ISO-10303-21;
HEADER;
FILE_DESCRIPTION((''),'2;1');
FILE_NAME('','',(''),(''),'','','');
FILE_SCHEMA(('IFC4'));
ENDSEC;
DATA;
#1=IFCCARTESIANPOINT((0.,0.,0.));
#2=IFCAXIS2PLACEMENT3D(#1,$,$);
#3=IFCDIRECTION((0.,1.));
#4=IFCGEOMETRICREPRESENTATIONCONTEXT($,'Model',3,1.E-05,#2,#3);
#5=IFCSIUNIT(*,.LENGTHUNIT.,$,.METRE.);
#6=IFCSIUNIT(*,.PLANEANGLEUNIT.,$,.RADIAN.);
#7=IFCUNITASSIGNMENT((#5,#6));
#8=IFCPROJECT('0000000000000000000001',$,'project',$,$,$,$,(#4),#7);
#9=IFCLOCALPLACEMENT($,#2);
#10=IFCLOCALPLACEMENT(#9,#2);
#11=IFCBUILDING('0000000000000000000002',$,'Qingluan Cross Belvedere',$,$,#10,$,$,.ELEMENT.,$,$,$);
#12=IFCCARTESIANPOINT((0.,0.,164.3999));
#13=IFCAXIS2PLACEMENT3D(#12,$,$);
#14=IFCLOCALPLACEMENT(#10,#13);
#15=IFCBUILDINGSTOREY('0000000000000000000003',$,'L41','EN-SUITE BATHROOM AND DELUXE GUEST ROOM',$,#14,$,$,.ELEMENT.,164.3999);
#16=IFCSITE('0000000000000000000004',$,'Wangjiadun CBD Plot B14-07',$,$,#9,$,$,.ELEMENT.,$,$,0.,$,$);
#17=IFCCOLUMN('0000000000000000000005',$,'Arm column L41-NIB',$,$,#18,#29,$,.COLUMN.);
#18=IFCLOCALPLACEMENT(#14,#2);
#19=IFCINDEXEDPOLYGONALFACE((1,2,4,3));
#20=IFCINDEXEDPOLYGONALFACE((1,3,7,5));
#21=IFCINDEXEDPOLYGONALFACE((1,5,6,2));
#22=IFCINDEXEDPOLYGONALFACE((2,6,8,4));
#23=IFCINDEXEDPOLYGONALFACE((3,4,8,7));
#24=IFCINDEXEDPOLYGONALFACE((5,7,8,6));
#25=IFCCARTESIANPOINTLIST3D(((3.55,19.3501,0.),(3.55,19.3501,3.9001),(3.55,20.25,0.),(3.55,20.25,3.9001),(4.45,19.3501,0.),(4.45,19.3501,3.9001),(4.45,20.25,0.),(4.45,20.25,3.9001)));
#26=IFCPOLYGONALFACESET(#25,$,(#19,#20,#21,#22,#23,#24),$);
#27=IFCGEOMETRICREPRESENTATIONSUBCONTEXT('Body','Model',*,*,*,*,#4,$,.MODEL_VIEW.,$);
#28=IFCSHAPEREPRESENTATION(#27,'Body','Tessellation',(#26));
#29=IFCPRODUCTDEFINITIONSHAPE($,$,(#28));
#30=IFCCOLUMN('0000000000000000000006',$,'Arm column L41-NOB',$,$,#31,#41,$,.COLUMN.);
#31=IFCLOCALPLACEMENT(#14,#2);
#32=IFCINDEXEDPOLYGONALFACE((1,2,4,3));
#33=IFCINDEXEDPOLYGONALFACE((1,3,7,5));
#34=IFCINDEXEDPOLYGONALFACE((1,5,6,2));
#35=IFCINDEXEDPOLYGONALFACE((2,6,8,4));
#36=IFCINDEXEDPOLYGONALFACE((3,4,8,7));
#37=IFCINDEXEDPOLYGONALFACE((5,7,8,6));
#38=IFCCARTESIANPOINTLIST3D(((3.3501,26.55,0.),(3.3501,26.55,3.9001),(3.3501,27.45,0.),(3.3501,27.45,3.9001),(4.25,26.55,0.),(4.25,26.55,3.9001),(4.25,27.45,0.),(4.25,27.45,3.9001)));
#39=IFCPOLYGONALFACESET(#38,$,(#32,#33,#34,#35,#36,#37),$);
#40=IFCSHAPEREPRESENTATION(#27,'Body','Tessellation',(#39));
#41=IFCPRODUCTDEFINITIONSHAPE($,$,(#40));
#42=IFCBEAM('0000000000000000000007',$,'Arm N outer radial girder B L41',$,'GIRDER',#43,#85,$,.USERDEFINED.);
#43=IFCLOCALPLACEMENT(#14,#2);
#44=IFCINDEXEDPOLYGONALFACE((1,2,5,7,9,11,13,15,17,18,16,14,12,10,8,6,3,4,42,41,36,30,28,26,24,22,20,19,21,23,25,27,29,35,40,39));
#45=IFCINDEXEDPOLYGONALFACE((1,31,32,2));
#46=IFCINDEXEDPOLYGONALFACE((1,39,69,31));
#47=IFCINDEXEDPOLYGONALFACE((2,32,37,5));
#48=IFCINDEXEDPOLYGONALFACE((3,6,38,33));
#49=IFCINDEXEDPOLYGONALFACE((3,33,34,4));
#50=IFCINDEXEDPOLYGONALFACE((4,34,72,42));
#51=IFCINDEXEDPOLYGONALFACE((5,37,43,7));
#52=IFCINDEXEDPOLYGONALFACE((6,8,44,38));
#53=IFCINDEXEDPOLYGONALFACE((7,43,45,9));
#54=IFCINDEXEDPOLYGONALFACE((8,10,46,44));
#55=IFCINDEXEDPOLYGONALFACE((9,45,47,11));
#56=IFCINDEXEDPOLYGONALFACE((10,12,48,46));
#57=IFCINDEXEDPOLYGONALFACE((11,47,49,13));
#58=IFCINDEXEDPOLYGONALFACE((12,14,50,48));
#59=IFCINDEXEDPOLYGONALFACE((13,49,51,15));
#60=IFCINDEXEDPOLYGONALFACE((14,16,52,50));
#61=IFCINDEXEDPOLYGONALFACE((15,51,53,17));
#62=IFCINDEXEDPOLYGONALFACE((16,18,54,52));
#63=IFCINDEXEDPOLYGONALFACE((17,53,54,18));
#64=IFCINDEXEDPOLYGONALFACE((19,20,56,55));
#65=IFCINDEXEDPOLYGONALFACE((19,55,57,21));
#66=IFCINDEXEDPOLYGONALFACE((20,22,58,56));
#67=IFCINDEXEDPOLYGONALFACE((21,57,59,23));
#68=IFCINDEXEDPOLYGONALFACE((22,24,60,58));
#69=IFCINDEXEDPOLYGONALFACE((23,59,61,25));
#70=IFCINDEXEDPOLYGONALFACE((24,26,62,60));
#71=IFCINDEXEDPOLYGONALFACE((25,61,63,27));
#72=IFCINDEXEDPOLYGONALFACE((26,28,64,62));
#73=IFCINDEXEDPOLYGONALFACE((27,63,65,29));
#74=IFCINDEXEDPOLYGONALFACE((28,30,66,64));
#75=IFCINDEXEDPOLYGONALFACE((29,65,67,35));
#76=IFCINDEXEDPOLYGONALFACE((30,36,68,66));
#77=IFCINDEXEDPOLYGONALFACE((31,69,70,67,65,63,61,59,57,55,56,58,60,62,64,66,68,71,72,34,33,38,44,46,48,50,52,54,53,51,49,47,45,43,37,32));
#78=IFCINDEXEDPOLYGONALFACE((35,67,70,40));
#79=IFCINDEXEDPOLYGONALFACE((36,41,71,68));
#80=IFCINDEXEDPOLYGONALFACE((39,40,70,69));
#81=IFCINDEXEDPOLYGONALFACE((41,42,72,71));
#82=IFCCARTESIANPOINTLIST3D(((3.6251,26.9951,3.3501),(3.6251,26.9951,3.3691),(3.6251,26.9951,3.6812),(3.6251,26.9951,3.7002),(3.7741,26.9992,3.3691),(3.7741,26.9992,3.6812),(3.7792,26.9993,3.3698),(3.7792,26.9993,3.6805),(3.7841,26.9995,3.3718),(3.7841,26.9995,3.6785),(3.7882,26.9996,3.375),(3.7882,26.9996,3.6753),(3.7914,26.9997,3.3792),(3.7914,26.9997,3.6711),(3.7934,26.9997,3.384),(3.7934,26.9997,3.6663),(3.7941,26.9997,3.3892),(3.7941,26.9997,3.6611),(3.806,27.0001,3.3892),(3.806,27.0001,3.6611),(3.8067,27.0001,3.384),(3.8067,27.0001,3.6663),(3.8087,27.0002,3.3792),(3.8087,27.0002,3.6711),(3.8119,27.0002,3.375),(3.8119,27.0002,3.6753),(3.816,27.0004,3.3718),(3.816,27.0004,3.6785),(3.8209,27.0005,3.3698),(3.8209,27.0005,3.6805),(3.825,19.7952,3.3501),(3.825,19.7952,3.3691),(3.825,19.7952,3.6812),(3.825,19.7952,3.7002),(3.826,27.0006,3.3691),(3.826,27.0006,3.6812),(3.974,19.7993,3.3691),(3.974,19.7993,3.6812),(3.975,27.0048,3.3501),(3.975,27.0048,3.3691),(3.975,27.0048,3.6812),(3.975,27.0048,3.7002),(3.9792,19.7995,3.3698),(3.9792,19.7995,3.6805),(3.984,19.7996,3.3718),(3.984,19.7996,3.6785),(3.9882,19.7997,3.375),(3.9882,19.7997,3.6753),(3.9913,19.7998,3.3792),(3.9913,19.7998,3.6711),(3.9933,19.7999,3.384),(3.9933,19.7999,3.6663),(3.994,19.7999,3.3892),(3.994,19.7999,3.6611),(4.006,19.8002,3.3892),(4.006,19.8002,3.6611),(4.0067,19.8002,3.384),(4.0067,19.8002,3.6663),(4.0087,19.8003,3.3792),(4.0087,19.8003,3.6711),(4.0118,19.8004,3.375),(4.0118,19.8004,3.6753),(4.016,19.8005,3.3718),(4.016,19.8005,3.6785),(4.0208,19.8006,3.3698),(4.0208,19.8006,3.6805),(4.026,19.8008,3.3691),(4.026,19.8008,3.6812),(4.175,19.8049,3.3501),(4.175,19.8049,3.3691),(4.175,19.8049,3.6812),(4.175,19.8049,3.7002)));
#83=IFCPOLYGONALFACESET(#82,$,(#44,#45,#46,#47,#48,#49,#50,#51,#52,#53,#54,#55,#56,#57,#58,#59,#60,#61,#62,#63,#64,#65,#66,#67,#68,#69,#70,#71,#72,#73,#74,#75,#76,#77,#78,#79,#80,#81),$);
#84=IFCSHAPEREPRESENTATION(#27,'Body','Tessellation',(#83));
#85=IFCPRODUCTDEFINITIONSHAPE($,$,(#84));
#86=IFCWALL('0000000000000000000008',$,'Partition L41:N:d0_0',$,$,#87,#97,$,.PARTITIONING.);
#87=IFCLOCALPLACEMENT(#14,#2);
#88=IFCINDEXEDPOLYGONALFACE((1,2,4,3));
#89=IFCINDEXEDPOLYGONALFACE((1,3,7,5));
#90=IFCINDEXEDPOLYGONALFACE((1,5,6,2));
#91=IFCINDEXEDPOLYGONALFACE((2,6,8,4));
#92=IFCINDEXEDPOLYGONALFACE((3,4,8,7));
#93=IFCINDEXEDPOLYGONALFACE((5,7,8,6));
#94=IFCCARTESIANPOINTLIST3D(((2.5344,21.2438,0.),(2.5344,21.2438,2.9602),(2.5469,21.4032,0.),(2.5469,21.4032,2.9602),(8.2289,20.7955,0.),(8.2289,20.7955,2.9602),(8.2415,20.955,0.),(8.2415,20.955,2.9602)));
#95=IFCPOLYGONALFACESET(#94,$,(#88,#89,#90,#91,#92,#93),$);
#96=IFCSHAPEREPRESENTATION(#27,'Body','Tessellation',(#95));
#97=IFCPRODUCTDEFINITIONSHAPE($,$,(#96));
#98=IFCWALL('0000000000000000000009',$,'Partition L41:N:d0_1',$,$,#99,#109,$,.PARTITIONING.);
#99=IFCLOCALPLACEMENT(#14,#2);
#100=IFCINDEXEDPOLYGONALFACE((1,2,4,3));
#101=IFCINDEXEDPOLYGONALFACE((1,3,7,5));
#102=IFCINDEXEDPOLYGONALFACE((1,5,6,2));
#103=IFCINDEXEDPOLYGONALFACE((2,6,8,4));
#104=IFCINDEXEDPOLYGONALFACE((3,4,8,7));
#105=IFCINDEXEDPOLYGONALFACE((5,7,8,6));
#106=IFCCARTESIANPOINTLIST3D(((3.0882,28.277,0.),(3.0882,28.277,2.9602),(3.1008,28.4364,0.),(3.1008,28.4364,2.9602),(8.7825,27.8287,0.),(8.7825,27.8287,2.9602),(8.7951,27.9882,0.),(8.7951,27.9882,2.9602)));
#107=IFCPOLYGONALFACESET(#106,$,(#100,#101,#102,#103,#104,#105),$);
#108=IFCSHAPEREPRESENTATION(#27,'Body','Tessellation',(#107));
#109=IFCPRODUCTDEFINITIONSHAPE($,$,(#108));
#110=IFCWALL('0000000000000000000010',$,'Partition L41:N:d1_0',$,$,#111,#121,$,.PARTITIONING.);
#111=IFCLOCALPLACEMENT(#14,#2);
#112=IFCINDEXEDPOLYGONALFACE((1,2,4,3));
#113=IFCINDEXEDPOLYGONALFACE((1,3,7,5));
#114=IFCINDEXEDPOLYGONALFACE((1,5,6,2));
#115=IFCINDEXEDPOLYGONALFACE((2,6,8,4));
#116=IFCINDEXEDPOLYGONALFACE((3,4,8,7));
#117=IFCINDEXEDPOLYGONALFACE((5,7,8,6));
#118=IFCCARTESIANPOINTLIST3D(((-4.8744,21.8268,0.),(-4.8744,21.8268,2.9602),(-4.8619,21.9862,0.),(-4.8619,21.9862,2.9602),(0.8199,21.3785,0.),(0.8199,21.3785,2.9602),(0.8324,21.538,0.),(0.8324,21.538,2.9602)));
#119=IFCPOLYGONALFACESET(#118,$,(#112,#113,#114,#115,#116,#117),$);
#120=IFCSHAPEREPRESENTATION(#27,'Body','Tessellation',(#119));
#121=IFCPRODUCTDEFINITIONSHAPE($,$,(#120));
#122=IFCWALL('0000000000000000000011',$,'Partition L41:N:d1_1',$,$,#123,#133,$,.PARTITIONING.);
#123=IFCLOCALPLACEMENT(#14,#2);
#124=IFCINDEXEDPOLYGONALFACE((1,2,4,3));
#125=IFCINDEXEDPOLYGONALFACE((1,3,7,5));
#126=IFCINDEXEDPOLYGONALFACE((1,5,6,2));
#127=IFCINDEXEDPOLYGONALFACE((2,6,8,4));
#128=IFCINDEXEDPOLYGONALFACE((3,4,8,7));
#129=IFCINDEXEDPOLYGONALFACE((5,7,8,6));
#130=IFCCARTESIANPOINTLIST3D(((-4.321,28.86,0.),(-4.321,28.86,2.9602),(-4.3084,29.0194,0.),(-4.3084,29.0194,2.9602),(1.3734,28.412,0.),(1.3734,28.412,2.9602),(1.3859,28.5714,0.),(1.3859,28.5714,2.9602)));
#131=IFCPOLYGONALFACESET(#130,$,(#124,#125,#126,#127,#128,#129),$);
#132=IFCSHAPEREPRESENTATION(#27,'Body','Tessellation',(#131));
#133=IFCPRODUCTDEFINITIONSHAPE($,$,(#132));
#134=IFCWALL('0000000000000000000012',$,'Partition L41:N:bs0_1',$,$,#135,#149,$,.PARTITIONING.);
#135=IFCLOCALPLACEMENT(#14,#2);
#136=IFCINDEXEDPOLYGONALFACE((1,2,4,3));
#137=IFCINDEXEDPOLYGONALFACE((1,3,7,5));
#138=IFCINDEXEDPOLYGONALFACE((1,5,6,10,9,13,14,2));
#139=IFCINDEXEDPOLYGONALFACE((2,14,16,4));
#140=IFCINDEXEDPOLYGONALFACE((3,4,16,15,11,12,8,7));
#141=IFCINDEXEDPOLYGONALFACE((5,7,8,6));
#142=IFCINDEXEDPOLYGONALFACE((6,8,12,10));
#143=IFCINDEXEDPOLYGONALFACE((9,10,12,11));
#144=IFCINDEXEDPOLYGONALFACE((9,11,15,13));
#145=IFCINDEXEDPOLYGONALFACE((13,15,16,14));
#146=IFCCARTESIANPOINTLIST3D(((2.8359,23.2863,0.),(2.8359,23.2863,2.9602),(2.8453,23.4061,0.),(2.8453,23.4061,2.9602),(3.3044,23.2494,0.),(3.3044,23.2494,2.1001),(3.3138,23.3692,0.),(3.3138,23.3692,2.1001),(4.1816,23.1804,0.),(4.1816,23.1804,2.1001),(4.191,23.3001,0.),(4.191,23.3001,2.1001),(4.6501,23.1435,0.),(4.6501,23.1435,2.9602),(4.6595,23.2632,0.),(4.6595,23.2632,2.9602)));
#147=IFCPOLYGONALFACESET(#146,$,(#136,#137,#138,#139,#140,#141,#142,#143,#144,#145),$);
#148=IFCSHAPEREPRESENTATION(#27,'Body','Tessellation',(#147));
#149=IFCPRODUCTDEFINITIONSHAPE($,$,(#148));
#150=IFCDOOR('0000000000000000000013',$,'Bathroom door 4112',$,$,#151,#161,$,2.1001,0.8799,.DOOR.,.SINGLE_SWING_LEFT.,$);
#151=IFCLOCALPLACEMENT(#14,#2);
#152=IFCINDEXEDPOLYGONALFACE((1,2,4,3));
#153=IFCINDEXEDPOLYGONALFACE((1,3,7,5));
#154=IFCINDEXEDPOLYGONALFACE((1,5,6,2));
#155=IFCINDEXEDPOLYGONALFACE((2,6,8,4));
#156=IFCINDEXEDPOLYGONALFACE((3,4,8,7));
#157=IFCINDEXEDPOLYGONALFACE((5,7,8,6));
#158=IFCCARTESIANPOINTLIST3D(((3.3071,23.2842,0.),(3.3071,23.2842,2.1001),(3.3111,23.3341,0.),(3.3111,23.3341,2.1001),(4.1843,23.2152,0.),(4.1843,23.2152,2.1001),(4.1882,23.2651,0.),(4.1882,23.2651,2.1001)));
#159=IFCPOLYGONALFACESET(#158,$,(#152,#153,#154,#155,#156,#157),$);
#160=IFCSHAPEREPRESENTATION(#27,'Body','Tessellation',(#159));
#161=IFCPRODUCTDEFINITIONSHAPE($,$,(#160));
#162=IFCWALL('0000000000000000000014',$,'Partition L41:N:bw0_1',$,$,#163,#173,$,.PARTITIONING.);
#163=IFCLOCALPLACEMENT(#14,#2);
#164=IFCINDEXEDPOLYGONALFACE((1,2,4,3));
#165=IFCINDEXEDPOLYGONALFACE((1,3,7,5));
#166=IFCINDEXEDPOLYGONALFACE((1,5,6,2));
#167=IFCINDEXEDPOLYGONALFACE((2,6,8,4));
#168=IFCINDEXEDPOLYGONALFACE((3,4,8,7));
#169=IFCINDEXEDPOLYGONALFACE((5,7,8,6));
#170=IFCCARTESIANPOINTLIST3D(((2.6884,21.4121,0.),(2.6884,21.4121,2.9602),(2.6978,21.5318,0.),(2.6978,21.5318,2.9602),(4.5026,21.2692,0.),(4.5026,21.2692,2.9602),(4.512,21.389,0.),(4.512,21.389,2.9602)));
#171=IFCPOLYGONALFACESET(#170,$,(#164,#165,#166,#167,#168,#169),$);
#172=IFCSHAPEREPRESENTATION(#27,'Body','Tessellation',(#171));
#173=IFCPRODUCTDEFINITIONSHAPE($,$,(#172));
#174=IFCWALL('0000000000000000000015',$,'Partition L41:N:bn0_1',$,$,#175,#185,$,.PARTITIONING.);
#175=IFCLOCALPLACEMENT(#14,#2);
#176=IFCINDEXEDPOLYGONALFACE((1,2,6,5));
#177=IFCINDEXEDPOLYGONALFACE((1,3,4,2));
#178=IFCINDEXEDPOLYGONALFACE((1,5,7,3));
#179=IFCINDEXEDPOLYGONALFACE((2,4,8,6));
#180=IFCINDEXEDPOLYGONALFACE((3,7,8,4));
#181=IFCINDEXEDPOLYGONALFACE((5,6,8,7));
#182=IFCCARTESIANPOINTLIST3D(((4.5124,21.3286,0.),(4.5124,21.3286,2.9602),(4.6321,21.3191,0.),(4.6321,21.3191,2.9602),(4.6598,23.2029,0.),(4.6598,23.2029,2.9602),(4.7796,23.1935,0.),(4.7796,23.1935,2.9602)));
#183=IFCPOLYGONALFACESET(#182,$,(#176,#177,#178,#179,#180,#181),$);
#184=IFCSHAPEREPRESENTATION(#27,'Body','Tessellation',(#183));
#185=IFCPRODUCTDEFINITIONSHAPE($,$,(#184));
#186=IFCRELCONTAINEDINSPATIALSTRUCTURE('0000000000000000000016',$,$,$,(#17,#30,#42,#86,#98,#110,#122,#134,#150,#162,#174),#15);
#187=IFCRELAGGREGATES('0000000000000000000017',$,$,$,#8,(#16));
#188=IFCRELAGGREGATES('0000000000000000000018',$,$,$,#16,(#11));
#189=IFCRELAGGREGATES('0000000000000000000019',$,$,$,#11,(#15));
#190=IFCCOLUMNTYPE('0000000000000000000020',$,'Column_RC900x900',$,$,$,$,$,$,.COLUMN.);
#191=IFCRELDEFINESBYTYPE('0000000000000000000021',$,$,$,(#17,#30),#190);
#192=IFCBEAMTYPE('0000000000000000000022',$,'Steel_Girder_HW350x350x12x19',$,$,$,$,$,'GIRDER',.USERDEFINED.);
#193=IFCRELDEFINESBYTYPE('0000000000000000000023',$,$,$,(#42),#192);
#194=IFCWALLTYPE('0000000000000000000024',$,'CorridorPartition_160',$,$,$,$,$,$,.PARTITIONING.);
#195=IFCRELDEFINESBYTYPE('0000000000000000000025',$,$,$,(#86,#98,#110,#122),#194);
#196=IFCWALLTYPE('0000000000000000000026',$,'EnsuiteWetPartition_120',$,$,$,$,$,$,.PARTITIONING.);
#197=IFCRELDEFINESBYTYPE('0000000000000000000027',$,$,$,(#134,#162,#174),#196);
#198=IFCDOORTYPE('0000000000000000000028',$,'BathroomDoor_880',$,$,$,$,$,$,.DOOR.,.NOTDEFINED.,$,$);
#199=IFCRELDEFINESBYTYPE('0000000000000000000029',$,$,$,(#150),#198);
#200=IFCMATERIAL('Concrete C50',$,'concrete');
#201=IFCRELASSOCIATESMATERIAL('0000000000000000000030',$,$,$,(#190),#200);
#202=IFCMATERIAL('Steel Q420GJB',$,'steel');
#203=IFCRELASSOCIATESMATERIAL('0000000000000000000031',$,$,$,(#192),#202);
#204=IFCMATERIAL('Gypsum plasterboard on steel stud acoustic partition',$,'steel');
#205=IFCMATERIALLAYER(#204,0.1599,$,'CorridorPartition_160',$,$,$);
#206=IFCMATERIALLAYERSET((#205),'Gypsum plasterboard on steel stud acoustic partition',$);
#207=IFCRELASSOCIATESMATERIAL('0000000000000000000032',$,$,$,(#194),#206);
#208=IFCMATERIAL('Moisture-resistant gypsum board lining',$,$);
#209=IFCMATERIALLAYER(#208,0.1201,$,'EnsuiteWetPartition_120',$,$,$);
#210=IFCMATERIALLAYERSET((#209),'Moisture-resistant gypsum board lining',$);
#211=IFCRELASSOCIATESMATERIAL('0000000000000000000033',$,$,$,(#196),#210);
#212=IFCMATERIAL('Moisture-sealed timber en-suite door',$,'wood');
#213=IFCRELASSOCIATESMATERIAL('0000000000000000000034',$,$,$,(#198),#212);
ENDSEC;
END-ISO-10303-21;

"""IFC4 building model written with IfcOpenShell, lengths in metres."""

from ifc_helpers import new_model, si_unit, direction, frame, frame_2d, origin, origin_2d, place, context, subcontext, project, spatial, rectangle, i_section, extrude, material, layer, layer_set, material_profile, profile_set, type_object, element, fill, save


model = new_model("IFC4")

# Units and contexts
model_context = context("Model", 3, precision=1e-05, world=origin(), true_north=direction((0.0, 1.0)))
body_context = subcontext(model_context, "Body", "Model", "MODEL_VIEW")
ifc_project = project(units=[si_unit("LENGTHUNIT", "METRE"), si_unit("PLANEANGLEUNIT", "RADIAN")], contexts=[model_context])

# Site, building, storey
site_placement = place(None, origin())
site = spatial("IfcSite", under=ifc_project, at=site_placement, Name="Wangjiadun CBD Plot B14-07", CompositionType="ELEMENT", RefElevation=0.0)
building_placement = place(site_placement, origin())
building = spatial("IfcBuilding", under=site, at=building_placement, Name="Qingluan Cross Belvedere", CompositionType="ELEMENT")
storey_placement = place(building_placement, frame((0.0, 0.0, 164.3999)))
storey = spatial("IfcBuildingStorey", under=building, at=storey_placement, Name="L41", Description="EN-SUITE BATHROOM AND DELUXE GUEST ROOM", CompositionType="ELEMENT", Elevation=164.3999)

# Columns
ifc_material_1 = material(Name="Concrete C50", Category="concrete")
ifc_material_profile_1 = material_profile(ifc_material_1, rectangle(XDim=0.8999, YDim=0.8999, at=origin_2d()), Name="RC900x900")
ifc_profile_set_1 = profile_set([ifc_material_profile_1], Name="Concrete C50")
column_type = type_object("IfcColumnType", Name="Column_RC900x900", PredefinedType="COLUMN", material=ifc_profile_set_1)
for number, where, z_axis, x_axis, name in (
    (1, (4.0, 19.8, 0.0), (0.0, 0.0, 1.0), (1.0, 0.0, 0.0), "Arm column L41-NIB"),
    (2, (3.8, 27.0, 0.0), (0.0, 0.0, 1.0), (1.0, 0.0, 0.0), "Arm column L41-NOB"),
):
    element("IfcColumn", number, at=place(storey_placement, frame(where, z_axis=z_axis, x_axis=x_axis)), inside=storey, type_object=column_type, Name=name, PredefinedType="COLUMN", context=body_context, shape_type="SweptSolid", body=[
        extrude(rectangle(XDim=0.8999, YDim=0.8999, at=origin_2d()), origin(), (0.0, 0.0, 1.0), 3.9001),
    ])

# Beam
ifc_material_2 = material(Name="Steel Q420GJB", Category="steel")
ifc_material_profile_2 = material_profile(ifc_material_2, i_section(OverallWidth=0.3501, OverallDepth=0.3501, WebThickness=0.012, FlangeThickness=0.019, FilletRadius=0.02, at=origin_2d()), Name="HW350x350x12x19")
ifc_profile_set_2 = profile_set([ifc_material_profile_2], Name="Steel Q420GJB")
beam_type = type_object("IfcBeamType", Name="Steel_Girder_HW350x350x12x19", ElementType="GIRDER", PredefinedType="USERDEFINED", material=ifc_profile_set_2)
beam_placement = place(storey_placement, frame((4.0, 19.8, 3.5251), z_axis=(-0.02776, 0.999615, 0.0), x_axis=(-0.999615, -0.02776, 0.0)))
element("IfcBeam", 3, at=beam_placement, inside=storey, type_object=beam_type, Name="Arm N outer radial girder B L41", ObjectType="GIRDER", PredefinedType="USERDEFINED", context=body_context, shape_type="SweptSolid", body=[
    extrude(i_section(OverallWidth=0.3501, OverallDepth=0.3501, WebThickness=0.012, FlangeThickness=0.019, FilletRadius=0.02, at=origin_2d()), origin(), (0.0, 0.0, 1.0), 7.2026),
])

# Walls
ifc_material_3 = material(Name="Gypsum plasterboard on steel stud acoustic partition", Category="steel")
ifc_layer_1 = layer(ifc_material_3, 0.1599, Name="CorridorPartition_160")
ifc_layer_set_1 = layer_set([ifc_layer_1], Name="Gypsum plasterboard on steel stud acoustic partition")
wall_type_1 = type_object("IfcWallType", Name="CorridorPartition_160", PredefinedType="PARTITIONING", material=ifc_layer_set_1)
wall_1_placement = place(storey_placement, frame((2.5408, 21.3235, 0.0), z_axis=(0.0, 0.0, 1.0), x_axis=(0.996916, -0.078471, 0.0)))
element("IfcWall", 4, at=wall_1_placement, inside=storey, type_object=wall_type_1, Name="Partition L41:N:d0_0", PredefinedType="PARTITIONING", context=body_context, shape_type="SweptSolid", body=[
    extrude(rectangle(XDim=5.7122, YDim=0.1599, at=frame_2d((2.856, 0.0))), origin(), (0.0, 0.0, 1.0), 2.9602),
])
for number, where, z_axis, x_axis, name in (
    (5, (3.0945, 28.3567, 0.0), (0.0, 0.0, 1.0), (0.996916, -0.078474, 0.0), "Partition L41:N:d0_1"),
    (6, (0.8262, 21.4583, 0.0), (0.0, 0.0, 1.0), (-0.996916, 0.078474, 0.0), "Partition L41:N:d1_0"),
    (7, (1.3796, 28.4917, 0.0), (0.0, 0.0, 1.0), (-0.996919, 0.078432, 0.0), "Partition L41:N:d1_1"),
):
    element("IfcWall", number, at=place(storey_placement, frame(where, z_axis=z_axis, x_axis=x_axis)), inside=storey, type_object=wall_type_1, Name=name, PredefinedType="PARTITIONING", context=body_context, shape_type="SweptSolid", body=[
        extrude(rectangle(XDim=5.7119, YDim=0.1599, at=frame_2d((2.856, 0.0))), origin(), (0.0, 0.0, 1.0), 2.9602),
    ])

# Wall, opening, door
ifc_material_4 = material(Name="Moisture-resistant gypsum board lining")
ifc_layer_2 = layer(ifc_material_4, 0.1201, Name="EnsuiteWetPartition_120")
ifc_layer_set_2 = layer_set([ifc_layer_2], Name="Moisture-resistant gypsum board lining")
wall_type_2 = type_object("IfcWallType", Name="EnsuiteWetPartition_120", PredefinedType="PARTITIONING", material=ifc_layer_set_2)
wall_2_placement = place(storey_placement, frame((2.8406, 23.3462, 0.0), z_axis=(0.0, 0.0, 1.0), x_axis=(0.996916, -0.078481, 0.0)))
wall_2 = element("IfcWall", 8, at=wall_2_placement, inside=storey, type_object=wall_type_2, Name="Partition L41:N:bs0_1", PredefinedType="PARTITIONING", context=body_context, shape_type="SweptSolid", body=[
    extrude(rectangle(XDim=1.8198, YDim=0.1201, at=frame_2d((0.9099, 0.0))), origin(), (0.0, 0.0, 1.0), 2.9602),
])
opening_1_placement = place(wall_2_placement, frame((0.47, 0.0, 0.0)))
opening_1 = element("IfcOpeningElement", 9, at=opening_1_placement, cuts=wall_2, PredefinedType="OPENING", context=body_context, shape_type="SweptSolid", body=[
    extrude(rectangle(XDim=0.8799, YDim=2.1001, at=frame_2d((0.4399, 1.05))), frame((0.0, 0.0701, 0.0), z_axis=(0.0, -1.0, 0.0), x_axis=(1.0, 0.0, 0.0)), (0.0, 0.0, 1.0), 0.1401),
])
ifc_material_5 = material(Name="Moisture-sealed timber en-suite door", Category="wood")
door_type = type_object("IfcDoorType", Name="BathroomDoor_880", OperationType="NOTDEFINED", PredefinedType="DOOR", material=ifc_material_5)
door_1_placement = place(opening_1_placement, origin())
door_1 = element("IfcDoor", 10, at=door_1_placement, inside=storey, type_object=door_type, Name="Bathroom door 4112", OperationType="SINGLE_SWING_LEFT", OverallHeight=2.1001, OverallWidth=0.8799, PredefinedType="DOOR", context=body_context, shape_type="SweptSolid", body=[
    extrude(rectangle(XDim=0.8799, YDim=2.1001, at=frame_2d((0.4399, 1.05))), frame((0.0, 0.0249, 0.0), z_axis=(0.0, -1.0, 0.0), x_axis=(1.0, 0.0, 0.0)), (0.0, 0.0, 1.0), 0.05),
])
fill(opening_1, door_1)

# Walls
wall_3_placement = place(storey_placement, frame((2.6931, 21.4719, 0.0), z_axis=(0.0, 0.0, 1.0), x_axis=(0.996916, -0.078481, 0.0)))
element("IfcWall", 11, at=wall_3_placement, inside=storey, type_object=wall_type_2, Name="Partition L41:N:bw0_1", PredefinedType="PARTITIONING", context=body_context, shape_type="SweptSolid", body=[
    extrude(rectangle(XDim=1.8198, YDim=0.1201, at=frame_2d((0.9099, 0.0))), origin(), (0.0, 0.0, 1.0), 2.9602),
])
wall_4_placement = place(storey_placement, frame((4.5723, 21.324, 0.0), z_axis=(0.0, 0.0, 1.0), x_axis=(0.078434, 0.996919, 0.0)))
element("IfcWall", 12, at=wall_4_placement, inside=storey, type_object=wall_type_2, Name="Partition L41:N:bn0_1", PredefinedType="PARTITIONING", context=body_context, shape_type="SweptSolid", body=[
    extrude(rectangle(XDim=1.8801, YDim=0.1201, at=frame_2d((0.9399, 0.0))), origin(), (0.0, 0.0, 1.0), 2.9602),
])

save(model, "model.ifc")
